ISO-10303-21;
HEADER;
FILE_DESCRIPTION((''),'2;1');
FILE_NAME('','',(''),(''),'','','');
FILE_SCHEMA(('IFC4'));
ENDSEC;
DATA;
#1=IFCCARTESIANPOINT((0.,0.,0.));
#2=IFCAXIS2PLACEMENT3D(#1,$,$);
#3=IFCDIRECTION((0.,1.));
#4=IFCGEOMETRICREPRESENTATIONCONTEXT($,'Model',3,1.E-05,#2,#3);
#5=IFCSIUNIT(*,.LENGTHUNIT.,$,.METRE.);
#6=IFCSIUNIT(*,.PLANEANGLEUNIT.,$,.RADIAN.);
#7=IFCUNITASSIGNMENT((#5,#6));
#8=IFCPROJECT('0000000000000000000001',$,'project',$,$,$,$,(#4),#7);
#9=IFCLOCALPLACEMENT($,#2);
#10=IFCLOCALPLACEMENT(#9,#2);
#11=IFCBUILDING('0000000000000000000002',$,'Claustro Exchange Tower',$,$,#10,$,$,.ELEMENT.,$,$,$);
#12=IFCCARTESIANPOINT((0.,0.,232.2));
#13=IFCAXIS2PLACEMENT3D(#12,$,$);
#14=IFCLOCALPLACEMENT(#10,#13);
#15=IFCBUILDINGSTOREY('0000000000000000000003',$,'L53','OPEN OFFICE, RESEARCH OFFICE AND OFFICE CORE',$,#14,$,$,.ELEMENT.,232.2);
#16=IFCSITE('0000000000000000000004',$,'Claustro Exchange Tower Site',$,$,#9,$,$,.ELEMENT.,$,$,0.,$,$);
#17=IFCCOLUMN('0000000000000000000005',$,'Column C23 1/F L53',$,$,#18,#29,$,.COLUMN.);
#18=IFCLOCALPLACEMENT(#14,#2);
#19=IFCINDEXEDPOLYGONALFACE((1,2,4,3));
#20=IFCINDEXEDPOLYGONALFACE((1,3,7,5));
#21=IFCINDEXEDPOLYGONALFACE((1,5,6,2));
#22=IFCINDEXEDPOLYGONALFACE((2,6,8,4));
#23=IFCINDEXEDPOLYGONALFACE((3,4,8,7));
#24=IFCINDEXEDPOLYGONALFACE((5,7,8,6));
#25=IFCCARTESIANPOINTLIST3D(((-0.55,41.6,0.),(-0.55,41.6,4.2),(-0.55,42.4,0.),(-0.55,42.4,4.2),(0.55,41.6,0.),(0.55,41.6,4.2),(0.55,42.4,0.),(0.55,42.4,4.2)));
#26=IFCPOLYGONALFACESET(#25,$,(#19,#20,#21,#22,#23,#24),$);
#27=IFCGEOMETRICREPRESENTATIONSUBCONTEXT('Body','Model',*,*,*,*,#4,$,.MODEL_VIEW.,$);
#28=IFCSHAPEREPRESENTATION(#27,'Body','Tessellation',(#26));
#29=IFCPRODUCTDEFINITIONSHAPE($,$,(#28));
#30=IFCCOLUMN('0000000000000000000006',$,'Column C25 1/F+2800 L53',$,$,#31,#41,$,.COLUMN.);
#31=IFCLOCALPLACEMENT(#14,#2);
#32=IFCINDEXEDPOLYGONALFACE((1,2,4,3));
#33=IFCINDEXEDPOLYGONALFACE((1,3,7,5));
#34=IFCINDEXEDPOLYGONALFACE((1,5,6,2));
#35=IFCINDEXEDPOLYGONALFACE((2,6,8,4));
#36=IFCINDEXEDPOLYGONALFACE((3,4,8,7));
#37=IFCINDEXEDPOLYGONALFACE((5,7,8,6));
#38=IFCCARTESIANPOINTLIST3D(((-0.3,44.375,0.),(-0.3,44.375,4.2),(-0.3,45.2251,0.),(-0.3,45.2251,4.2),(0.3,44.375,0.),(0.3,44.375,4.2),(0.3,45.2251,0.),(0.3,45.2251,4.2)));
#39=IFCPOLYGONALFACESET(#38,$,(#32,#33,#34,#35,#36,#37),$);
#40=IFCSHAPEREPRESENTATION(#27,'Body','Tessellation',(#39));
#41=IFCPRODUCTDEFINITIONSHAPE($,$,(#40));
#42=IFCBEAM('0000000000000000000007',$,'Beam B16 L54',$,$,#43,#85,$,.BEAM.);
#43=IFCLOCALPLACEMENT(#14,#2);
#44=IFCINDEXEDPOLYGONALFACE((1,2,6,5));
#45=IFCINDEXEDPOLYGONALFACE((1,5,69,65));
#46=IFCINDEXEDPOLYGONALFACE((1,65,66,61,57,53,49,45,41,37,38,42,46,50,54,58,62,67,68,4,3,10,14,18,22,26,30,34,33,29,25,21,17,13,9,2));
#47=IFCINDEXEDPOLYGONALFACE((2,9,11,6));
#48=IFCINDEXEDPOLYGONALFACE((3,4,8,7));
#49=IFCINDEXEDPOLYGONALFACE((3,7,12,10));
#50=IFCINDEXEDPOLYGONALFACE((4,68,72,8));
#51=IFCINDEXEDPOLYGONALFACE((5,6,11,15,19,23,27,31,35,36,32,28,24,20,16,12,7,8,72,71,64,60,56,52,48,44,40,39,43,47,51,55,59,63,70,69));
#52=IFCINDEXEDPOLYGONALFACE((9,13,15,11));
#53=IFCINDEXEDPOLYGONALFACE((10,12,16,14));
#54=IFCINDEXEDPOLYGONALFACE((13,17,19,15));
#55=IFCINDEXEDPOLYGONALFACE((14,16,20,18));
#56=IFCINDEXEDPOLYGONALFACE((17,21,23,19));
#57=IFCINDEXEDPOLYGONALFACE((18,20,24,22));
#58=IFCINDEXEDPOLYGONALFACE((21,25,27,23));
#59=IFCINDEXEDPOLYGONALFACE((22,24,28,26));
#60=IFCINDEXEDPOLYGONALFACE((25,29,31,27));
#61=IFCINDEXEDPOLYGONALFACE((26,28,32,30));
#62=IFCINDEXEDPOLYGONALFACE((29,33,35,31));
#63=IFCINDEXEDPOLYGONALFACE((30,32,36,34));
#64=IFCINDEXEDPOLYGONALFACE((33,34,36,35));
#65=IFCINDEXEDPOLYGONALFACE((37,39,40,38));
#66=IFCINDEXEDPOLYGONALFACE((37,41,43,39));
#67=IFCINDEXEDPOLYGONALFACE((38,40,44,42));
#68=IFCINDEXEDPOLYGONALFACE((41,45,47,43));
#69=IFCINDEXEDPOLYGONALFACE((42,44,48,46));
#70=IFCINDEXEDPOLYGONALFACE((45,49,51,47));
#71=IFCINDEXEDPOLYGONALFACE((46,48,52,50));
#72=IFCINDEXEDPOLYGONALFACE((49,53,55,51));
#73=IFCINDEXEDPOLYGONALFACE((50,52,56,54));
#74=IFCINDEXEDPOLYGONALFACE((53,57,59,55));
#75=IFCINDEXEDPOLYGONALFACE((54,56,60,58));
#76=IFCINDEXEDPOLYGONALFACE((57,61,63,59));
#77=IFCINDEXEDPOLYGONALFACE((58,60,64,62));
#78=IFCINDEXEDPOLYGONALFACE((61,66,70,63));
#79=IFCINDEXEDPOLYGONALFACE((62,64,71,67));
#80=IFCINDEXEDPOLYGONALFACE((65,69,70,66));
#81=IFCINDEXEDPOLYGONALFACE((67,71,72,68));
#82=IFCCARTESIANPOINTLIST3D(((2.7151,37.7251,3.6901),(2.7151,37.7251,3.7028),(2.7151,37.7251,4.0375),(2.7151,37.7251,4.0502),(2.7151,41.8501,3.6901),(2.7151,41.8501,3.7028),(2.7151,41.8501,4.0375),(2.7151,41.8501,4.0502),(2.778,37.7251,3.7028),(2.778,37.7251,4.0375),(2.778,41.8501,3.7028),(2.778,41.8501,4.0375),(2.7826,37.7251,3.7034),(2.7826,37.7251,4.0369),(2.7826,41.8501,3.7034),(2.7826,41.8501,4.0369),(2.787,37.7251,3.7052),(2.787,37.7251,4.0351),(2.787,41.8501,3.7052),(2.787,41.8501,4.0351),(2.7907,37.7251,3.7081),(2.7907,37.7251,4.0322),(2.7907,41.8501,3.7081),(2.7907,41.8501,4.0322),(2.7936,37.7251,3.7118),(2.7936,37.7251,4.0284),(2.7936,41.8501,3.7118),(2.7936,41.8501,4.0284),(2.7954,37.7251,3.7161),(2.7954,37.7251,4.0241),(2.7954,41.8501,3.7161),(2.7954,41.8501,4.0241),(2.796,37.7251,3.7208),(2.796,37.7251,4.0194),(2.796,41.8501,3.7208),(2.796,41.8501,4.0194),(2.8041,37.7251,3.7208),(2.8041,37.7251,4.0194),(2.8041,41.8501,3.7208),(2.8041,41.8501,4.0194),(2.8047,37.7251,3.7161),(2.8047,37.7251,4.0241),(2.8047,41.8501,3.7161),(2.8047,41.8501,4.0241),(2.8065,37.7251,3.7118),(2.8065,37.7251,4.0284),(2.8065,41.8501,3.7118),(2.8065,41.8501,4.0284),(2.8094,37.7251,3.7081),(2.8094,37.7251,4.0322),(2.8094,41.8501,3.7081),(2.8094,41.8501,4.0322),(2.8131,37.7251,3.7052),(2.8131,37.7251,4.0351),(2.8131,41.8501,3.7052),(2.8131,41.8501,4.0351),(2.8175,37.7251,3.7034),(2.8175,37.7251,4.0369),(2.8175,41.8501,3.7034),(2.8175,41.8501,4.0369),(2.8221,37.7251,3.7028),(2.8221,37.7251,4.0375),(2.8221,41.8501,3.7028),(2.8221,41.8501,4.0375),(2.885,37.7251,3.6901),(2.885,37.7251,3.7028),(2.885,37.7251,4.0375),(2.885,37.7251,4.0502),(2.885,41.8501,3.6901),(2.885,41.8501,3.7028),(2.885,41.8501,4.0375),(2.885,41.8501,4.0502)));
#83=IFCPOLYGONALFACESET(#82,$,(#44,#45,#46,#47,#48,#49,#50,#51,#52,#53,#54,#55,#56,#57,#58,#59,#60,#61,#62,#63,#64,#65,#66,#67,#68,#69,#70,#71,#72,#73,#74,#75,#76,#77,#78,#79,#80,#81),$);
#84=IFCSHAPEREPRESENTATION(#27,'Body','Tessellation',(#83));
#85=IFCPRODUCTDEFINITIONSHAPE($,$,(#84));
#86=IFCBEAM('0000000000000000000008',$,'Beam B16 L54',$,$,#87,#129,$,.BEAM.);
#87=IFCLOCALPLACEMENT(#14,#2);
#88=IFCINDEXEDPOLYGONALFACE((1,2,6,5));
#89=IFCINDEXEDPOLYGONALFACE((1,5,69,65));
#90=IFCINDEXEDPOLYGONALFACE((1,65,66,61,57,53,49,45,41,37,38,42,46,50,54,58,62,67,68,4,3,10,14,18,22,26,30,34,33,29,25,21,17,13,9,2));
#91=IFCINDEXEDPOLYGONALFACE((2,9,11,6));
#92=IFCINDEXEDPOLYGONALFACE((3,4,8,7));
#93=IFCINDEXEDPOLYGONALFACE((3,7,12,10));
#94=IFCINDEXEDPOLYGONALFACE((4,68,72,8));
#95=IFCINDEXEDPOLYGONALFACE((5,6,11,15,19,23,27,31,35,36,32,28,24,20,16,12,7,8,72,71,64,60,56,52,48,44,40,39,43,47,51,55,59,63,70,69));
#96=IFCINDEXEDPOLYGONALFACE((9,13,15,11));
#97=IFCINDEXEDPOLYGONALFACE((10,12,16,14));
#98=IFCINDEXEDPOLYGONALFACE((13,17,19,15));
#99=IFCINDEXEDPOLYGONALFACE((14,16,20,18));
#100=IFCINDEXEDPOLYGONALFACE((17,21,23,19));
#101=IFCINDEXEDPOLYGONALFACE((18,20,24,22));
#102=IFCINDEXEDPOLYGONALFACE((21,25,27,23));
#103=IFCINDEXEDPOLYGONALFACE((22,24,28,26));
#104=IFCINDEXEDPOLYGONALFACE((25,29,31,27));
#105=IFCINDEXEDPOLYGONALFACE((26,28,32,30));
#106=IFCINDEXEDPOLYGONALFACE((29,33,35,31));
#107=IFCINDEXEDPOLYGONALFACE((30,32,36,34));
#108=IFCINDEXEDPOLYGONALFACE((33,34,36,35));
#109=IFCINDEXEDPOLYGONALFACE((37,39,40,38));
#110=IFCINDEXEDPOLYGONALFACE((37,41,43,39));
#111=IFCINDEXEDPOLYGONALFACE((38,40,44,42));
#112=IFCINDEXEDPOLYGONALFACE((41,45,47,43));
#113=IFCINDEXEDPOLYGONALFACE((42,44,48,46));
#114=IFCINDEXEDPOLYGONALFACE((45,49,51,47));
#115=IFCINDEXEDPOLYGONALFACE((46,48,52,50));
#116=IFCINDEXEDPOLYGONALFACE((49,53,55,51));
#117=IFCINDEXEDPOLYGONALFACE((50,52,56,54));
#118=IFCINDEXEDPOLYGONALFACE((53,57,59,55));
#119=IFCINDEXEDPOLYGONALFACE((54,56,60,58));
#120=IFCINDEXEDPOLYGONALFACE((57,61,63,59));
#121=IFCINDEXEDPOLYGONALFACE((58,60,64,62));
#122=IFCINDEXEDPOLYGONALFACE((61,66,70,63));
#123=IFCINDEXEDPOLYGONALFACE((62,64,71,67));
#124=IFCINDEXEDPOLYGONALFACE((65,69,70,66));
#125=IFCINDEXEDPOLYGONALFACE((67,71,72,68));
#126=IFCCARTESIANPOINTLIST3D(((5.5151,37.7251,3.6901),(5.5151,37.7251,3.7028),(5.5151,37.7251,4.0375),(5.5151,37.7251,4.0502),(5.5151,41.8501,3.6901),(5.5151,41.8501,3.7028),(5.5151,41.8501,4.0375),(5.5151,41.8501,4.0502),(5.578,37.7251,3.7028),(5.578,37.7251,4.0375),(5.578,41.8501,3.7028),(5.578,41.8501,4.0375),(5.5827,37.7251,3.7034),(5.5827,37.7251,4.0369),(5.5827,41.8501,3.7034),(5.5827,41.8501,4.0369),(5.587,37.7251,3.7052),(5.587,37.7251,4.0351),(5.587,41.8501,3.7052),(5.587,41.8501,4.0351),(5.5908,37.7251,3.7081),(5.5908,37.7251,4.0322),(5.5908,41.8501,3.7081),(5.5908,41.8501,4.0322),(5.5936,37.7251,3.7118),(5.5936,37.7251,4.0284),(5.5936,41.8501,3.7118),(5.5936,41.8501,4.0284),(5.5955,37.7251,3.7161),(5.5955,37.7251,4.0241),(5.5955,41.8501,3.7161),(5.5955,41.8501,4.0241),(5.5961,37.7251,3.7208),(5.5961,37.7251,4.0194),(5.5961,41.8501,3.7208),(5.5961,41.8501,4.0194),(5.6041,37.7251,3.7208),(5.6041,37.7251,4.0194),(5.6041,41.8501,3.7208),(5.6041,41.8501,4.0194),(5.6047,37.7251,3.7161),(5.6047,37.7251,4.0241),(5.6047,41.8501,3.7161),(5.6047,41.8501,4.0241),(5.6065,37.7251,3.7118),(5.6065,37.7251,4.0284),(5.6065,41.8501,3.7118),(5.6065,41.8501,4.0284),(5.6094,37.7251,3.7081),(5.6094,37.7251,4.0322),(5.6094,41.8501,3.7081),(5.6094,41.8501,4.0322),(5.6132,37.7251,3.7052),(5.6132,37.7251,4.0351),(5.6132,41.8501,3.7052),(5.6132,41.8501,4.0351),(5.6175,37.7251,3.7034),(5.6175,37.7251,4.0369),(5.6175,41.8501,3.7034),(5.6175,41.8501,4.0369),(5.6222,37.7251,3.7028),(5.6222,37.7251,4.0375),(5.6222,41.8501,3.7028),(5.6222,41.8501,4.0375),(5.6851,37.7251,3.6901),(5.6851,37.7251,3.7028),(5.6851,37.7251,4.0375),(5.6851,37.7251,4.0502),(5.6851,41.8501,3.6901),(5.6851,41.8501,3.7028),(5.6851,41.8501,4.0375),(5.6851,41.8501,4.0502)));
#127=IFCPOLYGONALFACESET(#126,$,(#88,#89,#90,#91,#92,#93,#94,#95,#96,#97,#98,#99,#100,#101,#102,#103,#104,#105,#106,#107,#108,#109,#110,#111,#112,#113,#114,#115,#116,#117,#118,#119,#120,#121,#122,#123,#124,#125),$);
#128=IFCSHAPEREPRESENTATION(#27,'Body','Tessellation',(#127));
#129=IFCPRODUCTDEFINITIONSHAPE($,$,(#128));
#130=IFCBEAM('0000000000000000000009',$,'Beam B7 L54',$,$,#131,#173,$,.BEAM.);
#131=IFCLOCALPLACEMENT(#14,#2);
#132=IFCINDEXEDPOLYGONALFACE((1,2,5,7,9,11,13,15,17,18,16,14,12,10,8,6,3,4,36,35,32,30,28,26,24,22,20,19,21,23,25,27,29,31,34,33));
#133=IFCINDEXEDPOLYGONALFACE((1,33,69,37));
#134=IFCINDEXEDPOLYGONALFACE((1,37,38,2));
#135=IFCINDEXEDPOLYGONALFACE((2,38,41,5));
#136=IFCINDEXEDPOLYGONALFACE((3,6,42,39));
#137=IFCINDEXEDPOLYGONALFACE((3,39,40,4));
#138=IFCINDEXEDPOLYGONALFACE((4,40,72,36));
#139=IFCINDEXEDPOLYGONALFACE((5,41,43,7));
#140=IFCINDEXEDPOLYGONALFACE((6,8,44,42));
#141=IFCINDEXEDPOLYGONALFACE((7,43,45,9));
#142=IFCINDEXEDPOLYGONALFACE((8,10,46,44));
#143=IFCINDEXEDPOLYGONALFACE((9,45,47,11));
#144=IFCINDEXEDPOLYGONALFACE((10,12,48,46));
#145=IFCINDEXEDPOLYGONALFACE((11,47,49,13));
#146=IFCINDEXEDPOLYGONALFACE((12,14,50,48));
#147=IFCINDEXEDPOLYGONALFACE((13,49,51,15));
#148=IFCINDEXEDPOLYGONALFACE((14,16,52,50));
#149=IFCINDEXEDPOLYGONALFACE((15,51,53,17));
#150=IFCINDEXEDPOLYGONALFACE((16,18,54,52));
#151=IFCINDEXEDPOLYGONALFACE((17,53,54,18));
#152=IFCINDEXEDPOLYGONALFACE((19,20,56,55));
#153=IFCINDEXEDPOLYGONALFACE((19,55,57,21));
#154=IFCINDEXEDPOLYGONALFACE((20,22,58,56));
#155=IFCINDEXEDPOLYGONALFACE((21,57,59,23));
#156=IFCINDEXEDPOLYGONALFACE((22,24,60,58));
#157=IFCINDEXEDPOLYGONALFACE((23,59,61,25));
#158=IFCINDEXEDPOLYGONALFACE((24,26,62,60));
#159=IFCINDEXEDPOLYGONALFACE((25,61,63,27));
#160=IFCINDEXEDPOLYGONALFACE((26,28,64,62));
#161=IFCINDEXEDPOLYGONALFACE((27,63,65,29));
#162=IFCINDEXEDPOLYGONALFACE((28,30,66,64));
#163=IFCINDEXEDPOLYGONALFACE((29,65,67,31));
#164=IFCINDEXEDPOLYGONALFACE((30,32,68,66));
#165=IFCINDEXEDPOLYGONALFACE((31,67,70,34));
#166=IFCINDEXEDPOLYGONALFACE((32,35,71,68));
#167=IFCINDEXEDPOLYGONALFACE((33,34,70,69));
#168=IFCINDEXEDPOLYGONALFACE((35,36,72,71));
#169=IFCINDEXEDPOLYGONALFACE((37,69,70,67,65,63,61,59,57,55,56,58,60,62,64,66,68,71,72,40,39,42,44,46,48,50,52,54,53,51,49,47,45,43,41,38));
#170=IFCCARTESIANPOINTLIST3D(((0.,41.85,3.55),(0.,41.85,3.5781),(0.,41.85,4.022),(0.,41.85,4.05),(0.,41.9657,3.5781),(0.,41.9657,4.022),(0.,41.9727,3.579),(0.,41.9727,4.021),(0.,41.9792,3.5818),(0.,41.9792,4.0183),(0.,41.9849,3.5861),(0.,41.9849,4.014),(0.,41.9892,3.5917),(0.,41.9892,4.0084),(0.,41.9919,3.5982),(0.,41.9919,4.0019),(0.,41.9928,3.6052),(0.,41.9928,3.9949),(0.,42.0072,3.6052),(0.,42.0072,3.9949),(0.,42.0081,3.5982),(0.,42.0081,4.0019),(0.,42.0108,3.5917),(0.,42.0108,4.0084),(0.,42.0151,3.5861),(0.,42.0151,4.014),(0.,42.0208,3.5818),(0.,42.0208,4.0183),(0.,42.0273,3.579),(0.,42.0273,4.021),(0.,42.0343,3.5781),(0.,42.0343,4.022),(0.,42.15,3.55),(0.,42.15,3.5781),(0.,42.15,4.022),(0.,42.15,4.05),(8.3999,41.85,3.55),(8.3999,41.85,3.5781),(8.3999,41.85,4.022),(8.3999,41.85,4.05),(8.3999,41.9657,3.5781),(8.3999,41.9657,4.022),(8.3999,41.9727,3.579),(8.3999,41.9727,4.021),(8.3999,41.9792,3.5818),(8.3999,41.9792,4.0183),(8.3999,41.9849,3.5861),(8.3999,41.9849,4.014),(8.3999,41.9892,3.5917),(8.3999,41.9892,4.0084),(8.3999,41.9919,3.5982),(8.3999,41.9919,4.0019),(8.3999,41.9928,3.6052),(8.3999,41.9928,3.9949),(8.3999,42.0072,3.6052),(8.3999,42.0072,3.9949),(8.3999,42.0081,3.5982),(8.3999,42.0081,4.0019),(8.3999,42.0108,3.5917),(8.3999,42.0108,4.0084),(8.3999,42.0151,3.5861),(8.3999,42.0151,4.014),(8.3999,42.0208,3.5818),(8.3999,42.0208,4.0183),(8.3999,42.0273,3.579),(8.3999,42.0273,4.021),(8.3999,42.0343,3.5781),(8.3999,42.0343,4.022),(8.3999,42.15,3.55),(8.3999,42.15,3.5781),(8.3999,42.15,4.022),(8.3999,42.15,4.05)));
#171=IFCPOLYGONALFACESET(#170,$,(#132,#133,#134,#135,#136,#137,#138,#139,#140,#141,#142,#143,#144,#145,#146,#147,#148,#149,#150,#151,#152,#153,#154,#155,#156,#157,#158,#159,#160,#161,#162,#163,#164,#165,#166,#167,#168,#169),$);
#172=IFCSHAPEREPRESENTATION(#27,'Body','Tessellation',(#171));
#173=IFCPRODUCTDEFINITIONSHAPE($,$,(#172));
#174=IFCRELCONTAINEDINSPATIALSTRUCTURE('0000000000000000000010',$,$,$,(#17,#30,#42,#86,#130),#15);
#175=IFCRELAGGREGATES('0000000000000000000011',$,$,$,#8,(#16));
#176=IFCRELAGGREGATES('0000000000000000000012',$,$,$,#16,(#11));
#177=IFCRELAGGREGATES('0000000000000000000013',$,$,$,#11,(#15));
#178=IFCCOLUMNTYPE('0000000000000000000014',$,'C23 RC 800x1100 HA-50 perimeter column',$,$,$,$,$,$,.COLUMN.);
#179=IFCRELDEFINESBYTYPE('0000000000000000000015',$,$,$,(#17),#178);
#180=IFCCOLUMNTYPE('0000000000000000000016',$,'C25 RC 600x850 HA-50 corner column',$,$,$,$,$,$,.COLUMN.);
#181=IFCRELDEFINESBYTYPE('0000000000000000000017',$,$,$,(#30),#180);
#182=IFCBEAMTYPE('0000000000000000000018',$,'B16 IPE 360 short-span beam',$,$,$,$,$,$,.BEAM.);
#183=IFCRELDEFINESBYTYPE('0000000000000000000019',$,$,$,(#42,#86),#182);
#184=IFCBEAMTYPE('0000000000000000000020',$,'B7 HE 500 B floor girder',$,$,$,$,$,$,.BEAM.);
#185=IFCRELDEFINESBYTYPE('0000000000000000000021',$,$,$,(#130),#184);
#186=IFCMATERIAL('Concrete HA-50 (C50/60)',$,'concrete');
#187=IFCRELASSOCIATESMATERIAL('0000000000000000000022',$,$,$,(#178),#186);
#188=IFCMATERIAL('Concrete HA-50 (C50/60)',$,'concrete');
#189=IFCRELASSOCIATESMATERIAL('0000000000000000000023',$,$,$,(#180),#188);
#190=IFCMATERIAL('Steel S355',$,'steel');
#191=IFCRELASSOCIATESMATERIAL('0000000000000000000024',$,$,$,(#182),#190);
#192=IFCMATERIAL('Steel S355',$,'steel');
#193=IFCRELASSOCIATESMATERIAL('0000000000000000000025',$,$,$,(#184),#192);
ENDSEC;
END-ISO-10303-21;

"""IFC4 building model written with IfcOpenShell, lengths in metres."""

from ifc_helpers import new_model, si_unit, direction, frame, origin, origin_2d, place, context, subcontext, project, spatial, rectangle, i_section, extrude, material, material_profile, profile_set, type_object, element, save


model = new_model("IFC4")

# Units and contexts
model_context = context("Model", 3, precision=1e-05, world=origin(), true_north=direction((0.0, 1.0)))
body_context = subcontext(model_context, "Body", "Model", "MODEL_VIEW")
ifc_project = project(units=[si_unit("LENGTHUNIT", "METRE"), si_unit("PLANEANGLEUNIT", "RADIAN")], contexts=[model_context])

# Site, building, storey
site_placement = place(None, origin())
site = spatial("IfcSite", under=ifc_project, at=site_placement, Name="Claustro Exchange Tower Site", CompositionType="ELEMENT", RefElevation=0.0)
building_placement = place(site_placement, origin())
building = spatial("IfcBuilding", under=site, at=building_placement, Name="Claustro Exchange Tower", CompositionType="ELEMENT")
storey_placement = place(building_placement, frame((0.0, 0.0, 232.2)))
storey = spatial("IfcBuildingStorey", under=building, at=storey_placement, Name="L53", Description="OPEN OFFICE, RESEARCH OFFICE AND OFFICE CORE", CompositionType="ELEMENT", Elevation=232.2)

# Columns
ifc_material_1 = material(Name="Concrete HA-50 (C50/60)", Category="concrete")
ifc_material_profile_1 = material_profile(ifc_material_1, rectangle(XDim=0.8, YDim=1.1001, at=origin_2d()), Name="RC 800x1100")
ifc_profile_set_1 = profile_set([ifc_material_profile_1], Name="Concrete HA-50 (C50/60)")
column_type_1 = type_object("IfcColumnType", Name="C23 RC 800x1100 HA-50 perimeter column", PredefinedType="COLUMN", material=ifc_profile_set_1)
column_1_placement = place(storey_placement, frame((0.0, 42.0, 0.0), z_axis=(0.0, 0.0, 1.0), x_axis=(0.0, 1.0, 0.0)))
element("IfcColumn", 1, at=column_1_placement, inside=storey, type_object=column_type_1, Name="Column C23 1/F L53", PredefinedType="COLUMN", context=body_context, shape_type="SweptSolid", body=[
    extrude(rectangle(XDim=0.8, YDim=1.1001, at=origin_2d()), origin(), (0.0, 0.0, 1.0), 4.2),
])
ifc_material_2 = material(Name="Concrete HA-50 (C50/60)", Category="concrete")
ifc_material_profile_2 = material_profile(ifc_material_2, rectangle(XDim=0.6001, YDim=0.8501, at=origin_2d()), Name="RC 600x850")
ifc_profile_set_2 = profile_set([ifc_material_profile_2], Name="Concrete HA-50 (C50/60)")
column_type_2 = type_object("IfcColumnType", Name="C25 RC 600x850 HA-50 corner column", PredefinedType="COLUMN", material=ifc_profile_set_2)
column_2_placement = place(storey_placement, frame((0.0, 44.8, 0.0), z_axis=(0.0, 0.0, 1.0), x_axis=(1.0, 0.0, 0.0)))
element("IfcColumn", 2, at=column_2_placement, inside=storey, type_object=column_type_2, Name="Column C25 1/F+2800 L53", PredefinedType="COLUMN", context=body_context, shape_type="SweptSolid", body=[
    extrude(rectangle(XDim=0.6001, YDim=0.8501, at=origin_2d()), origin(), (0.0, 0.0, 1.0), 4.2),
])

# Beams
ifc_material_3 = material(Name="Steel S355", Category="steel")
ifc_material_profile_3 = material_profile(ifc_material_3, i_section(OverallWidth=0.1699, OverallDepth=0.3601, WebThickness=0.0081, FlangeThickness=0.0127, FilletRadius=0.0181, at=origin_2d()), Name="IPE 360")
ifc_profile_set_3 = profile_set([ifc_material_profile_3], Name="Steel S355")
beam_type_1 = type_object("IfcBeamType", Name="B16 IPE 360 short-span beam", PredefinedType="BEAM", material=ifc_profile_set_3)
for number, where, z_axis, x_axis, name in (
    (3, (2.8, 37.7251, 3.8701), (0.0, 1.0, 0.0), (-1.0, 0.0, 0.0), "Beam B16 L54"),
    (4, (5.6001, 37.7251, 3.8701), (0.0, 1.0, 0.0), (-1.0, 0.0, 0.0), "Beam B16 L54"),
):
    element("IfcBeam", number, at=place(storey_placement, frame(where, z_axis=z_axis, x_axis=x_axis)), inside=storey, type_object=beam_type_1, Name=name, PredefinedType="BEAM", context=body_context, shape_type="SweptSolid", body=[
        extrude(i_section(OverallWidth=0.1699, OverallDepth=0.3601, WebThickness=0.0081, FlangeThickness=0.0127, FilletRadius=0.0181, at=origin_2d()), origin(), (0.0, 0.0, 1.0), 4.125),
    ])
ifc_material_4 = material(Name="Steel S355", Category="steel")
ifc_material_profile_4 = material_profile(ifc_material_4, i_section(OverallWidth=0.3, OverallDepth=0.5, WebThickness=0.0144, FlangeThickness=0.0281, FilletRadius=0.0271, at=origin_2d()), Name="HE 500 B")
ifc_profile_set_4 = profile_set([ifc_material_profile_4], Name="Steel S355")
beam_type_2 = type_object("IfcBeamType", Name="B7 HE 500 B floor girder", PredefinedType="BEAM", material=ifc_profile_set_4)
beam_1_placement = place(storey_placement, frame((0.0, 42.0, 3.8), z_axis=(1.0, 0.0, 0.0), x_axis=(0.0, 1.0, 0.0)))
element("IfcBeam", 5, at=beam_1_placement, inside=storey, type_object=beam_type_2, Name="Beam B7 L54", PredefinedType="BEAM", context=body_context, shape_type="SweptSolid", body=[
    extrude(i_section(OverallWidth=0.3, OverallDepth=0.5, WebThickness=0.0144, FlangeThickness=0.0281, FilletRadius=0.0271, at=origin_2d()), origin(), (0.0, 0.0, 1.0), 8.3999),
])

save(model, "model.ifc")
